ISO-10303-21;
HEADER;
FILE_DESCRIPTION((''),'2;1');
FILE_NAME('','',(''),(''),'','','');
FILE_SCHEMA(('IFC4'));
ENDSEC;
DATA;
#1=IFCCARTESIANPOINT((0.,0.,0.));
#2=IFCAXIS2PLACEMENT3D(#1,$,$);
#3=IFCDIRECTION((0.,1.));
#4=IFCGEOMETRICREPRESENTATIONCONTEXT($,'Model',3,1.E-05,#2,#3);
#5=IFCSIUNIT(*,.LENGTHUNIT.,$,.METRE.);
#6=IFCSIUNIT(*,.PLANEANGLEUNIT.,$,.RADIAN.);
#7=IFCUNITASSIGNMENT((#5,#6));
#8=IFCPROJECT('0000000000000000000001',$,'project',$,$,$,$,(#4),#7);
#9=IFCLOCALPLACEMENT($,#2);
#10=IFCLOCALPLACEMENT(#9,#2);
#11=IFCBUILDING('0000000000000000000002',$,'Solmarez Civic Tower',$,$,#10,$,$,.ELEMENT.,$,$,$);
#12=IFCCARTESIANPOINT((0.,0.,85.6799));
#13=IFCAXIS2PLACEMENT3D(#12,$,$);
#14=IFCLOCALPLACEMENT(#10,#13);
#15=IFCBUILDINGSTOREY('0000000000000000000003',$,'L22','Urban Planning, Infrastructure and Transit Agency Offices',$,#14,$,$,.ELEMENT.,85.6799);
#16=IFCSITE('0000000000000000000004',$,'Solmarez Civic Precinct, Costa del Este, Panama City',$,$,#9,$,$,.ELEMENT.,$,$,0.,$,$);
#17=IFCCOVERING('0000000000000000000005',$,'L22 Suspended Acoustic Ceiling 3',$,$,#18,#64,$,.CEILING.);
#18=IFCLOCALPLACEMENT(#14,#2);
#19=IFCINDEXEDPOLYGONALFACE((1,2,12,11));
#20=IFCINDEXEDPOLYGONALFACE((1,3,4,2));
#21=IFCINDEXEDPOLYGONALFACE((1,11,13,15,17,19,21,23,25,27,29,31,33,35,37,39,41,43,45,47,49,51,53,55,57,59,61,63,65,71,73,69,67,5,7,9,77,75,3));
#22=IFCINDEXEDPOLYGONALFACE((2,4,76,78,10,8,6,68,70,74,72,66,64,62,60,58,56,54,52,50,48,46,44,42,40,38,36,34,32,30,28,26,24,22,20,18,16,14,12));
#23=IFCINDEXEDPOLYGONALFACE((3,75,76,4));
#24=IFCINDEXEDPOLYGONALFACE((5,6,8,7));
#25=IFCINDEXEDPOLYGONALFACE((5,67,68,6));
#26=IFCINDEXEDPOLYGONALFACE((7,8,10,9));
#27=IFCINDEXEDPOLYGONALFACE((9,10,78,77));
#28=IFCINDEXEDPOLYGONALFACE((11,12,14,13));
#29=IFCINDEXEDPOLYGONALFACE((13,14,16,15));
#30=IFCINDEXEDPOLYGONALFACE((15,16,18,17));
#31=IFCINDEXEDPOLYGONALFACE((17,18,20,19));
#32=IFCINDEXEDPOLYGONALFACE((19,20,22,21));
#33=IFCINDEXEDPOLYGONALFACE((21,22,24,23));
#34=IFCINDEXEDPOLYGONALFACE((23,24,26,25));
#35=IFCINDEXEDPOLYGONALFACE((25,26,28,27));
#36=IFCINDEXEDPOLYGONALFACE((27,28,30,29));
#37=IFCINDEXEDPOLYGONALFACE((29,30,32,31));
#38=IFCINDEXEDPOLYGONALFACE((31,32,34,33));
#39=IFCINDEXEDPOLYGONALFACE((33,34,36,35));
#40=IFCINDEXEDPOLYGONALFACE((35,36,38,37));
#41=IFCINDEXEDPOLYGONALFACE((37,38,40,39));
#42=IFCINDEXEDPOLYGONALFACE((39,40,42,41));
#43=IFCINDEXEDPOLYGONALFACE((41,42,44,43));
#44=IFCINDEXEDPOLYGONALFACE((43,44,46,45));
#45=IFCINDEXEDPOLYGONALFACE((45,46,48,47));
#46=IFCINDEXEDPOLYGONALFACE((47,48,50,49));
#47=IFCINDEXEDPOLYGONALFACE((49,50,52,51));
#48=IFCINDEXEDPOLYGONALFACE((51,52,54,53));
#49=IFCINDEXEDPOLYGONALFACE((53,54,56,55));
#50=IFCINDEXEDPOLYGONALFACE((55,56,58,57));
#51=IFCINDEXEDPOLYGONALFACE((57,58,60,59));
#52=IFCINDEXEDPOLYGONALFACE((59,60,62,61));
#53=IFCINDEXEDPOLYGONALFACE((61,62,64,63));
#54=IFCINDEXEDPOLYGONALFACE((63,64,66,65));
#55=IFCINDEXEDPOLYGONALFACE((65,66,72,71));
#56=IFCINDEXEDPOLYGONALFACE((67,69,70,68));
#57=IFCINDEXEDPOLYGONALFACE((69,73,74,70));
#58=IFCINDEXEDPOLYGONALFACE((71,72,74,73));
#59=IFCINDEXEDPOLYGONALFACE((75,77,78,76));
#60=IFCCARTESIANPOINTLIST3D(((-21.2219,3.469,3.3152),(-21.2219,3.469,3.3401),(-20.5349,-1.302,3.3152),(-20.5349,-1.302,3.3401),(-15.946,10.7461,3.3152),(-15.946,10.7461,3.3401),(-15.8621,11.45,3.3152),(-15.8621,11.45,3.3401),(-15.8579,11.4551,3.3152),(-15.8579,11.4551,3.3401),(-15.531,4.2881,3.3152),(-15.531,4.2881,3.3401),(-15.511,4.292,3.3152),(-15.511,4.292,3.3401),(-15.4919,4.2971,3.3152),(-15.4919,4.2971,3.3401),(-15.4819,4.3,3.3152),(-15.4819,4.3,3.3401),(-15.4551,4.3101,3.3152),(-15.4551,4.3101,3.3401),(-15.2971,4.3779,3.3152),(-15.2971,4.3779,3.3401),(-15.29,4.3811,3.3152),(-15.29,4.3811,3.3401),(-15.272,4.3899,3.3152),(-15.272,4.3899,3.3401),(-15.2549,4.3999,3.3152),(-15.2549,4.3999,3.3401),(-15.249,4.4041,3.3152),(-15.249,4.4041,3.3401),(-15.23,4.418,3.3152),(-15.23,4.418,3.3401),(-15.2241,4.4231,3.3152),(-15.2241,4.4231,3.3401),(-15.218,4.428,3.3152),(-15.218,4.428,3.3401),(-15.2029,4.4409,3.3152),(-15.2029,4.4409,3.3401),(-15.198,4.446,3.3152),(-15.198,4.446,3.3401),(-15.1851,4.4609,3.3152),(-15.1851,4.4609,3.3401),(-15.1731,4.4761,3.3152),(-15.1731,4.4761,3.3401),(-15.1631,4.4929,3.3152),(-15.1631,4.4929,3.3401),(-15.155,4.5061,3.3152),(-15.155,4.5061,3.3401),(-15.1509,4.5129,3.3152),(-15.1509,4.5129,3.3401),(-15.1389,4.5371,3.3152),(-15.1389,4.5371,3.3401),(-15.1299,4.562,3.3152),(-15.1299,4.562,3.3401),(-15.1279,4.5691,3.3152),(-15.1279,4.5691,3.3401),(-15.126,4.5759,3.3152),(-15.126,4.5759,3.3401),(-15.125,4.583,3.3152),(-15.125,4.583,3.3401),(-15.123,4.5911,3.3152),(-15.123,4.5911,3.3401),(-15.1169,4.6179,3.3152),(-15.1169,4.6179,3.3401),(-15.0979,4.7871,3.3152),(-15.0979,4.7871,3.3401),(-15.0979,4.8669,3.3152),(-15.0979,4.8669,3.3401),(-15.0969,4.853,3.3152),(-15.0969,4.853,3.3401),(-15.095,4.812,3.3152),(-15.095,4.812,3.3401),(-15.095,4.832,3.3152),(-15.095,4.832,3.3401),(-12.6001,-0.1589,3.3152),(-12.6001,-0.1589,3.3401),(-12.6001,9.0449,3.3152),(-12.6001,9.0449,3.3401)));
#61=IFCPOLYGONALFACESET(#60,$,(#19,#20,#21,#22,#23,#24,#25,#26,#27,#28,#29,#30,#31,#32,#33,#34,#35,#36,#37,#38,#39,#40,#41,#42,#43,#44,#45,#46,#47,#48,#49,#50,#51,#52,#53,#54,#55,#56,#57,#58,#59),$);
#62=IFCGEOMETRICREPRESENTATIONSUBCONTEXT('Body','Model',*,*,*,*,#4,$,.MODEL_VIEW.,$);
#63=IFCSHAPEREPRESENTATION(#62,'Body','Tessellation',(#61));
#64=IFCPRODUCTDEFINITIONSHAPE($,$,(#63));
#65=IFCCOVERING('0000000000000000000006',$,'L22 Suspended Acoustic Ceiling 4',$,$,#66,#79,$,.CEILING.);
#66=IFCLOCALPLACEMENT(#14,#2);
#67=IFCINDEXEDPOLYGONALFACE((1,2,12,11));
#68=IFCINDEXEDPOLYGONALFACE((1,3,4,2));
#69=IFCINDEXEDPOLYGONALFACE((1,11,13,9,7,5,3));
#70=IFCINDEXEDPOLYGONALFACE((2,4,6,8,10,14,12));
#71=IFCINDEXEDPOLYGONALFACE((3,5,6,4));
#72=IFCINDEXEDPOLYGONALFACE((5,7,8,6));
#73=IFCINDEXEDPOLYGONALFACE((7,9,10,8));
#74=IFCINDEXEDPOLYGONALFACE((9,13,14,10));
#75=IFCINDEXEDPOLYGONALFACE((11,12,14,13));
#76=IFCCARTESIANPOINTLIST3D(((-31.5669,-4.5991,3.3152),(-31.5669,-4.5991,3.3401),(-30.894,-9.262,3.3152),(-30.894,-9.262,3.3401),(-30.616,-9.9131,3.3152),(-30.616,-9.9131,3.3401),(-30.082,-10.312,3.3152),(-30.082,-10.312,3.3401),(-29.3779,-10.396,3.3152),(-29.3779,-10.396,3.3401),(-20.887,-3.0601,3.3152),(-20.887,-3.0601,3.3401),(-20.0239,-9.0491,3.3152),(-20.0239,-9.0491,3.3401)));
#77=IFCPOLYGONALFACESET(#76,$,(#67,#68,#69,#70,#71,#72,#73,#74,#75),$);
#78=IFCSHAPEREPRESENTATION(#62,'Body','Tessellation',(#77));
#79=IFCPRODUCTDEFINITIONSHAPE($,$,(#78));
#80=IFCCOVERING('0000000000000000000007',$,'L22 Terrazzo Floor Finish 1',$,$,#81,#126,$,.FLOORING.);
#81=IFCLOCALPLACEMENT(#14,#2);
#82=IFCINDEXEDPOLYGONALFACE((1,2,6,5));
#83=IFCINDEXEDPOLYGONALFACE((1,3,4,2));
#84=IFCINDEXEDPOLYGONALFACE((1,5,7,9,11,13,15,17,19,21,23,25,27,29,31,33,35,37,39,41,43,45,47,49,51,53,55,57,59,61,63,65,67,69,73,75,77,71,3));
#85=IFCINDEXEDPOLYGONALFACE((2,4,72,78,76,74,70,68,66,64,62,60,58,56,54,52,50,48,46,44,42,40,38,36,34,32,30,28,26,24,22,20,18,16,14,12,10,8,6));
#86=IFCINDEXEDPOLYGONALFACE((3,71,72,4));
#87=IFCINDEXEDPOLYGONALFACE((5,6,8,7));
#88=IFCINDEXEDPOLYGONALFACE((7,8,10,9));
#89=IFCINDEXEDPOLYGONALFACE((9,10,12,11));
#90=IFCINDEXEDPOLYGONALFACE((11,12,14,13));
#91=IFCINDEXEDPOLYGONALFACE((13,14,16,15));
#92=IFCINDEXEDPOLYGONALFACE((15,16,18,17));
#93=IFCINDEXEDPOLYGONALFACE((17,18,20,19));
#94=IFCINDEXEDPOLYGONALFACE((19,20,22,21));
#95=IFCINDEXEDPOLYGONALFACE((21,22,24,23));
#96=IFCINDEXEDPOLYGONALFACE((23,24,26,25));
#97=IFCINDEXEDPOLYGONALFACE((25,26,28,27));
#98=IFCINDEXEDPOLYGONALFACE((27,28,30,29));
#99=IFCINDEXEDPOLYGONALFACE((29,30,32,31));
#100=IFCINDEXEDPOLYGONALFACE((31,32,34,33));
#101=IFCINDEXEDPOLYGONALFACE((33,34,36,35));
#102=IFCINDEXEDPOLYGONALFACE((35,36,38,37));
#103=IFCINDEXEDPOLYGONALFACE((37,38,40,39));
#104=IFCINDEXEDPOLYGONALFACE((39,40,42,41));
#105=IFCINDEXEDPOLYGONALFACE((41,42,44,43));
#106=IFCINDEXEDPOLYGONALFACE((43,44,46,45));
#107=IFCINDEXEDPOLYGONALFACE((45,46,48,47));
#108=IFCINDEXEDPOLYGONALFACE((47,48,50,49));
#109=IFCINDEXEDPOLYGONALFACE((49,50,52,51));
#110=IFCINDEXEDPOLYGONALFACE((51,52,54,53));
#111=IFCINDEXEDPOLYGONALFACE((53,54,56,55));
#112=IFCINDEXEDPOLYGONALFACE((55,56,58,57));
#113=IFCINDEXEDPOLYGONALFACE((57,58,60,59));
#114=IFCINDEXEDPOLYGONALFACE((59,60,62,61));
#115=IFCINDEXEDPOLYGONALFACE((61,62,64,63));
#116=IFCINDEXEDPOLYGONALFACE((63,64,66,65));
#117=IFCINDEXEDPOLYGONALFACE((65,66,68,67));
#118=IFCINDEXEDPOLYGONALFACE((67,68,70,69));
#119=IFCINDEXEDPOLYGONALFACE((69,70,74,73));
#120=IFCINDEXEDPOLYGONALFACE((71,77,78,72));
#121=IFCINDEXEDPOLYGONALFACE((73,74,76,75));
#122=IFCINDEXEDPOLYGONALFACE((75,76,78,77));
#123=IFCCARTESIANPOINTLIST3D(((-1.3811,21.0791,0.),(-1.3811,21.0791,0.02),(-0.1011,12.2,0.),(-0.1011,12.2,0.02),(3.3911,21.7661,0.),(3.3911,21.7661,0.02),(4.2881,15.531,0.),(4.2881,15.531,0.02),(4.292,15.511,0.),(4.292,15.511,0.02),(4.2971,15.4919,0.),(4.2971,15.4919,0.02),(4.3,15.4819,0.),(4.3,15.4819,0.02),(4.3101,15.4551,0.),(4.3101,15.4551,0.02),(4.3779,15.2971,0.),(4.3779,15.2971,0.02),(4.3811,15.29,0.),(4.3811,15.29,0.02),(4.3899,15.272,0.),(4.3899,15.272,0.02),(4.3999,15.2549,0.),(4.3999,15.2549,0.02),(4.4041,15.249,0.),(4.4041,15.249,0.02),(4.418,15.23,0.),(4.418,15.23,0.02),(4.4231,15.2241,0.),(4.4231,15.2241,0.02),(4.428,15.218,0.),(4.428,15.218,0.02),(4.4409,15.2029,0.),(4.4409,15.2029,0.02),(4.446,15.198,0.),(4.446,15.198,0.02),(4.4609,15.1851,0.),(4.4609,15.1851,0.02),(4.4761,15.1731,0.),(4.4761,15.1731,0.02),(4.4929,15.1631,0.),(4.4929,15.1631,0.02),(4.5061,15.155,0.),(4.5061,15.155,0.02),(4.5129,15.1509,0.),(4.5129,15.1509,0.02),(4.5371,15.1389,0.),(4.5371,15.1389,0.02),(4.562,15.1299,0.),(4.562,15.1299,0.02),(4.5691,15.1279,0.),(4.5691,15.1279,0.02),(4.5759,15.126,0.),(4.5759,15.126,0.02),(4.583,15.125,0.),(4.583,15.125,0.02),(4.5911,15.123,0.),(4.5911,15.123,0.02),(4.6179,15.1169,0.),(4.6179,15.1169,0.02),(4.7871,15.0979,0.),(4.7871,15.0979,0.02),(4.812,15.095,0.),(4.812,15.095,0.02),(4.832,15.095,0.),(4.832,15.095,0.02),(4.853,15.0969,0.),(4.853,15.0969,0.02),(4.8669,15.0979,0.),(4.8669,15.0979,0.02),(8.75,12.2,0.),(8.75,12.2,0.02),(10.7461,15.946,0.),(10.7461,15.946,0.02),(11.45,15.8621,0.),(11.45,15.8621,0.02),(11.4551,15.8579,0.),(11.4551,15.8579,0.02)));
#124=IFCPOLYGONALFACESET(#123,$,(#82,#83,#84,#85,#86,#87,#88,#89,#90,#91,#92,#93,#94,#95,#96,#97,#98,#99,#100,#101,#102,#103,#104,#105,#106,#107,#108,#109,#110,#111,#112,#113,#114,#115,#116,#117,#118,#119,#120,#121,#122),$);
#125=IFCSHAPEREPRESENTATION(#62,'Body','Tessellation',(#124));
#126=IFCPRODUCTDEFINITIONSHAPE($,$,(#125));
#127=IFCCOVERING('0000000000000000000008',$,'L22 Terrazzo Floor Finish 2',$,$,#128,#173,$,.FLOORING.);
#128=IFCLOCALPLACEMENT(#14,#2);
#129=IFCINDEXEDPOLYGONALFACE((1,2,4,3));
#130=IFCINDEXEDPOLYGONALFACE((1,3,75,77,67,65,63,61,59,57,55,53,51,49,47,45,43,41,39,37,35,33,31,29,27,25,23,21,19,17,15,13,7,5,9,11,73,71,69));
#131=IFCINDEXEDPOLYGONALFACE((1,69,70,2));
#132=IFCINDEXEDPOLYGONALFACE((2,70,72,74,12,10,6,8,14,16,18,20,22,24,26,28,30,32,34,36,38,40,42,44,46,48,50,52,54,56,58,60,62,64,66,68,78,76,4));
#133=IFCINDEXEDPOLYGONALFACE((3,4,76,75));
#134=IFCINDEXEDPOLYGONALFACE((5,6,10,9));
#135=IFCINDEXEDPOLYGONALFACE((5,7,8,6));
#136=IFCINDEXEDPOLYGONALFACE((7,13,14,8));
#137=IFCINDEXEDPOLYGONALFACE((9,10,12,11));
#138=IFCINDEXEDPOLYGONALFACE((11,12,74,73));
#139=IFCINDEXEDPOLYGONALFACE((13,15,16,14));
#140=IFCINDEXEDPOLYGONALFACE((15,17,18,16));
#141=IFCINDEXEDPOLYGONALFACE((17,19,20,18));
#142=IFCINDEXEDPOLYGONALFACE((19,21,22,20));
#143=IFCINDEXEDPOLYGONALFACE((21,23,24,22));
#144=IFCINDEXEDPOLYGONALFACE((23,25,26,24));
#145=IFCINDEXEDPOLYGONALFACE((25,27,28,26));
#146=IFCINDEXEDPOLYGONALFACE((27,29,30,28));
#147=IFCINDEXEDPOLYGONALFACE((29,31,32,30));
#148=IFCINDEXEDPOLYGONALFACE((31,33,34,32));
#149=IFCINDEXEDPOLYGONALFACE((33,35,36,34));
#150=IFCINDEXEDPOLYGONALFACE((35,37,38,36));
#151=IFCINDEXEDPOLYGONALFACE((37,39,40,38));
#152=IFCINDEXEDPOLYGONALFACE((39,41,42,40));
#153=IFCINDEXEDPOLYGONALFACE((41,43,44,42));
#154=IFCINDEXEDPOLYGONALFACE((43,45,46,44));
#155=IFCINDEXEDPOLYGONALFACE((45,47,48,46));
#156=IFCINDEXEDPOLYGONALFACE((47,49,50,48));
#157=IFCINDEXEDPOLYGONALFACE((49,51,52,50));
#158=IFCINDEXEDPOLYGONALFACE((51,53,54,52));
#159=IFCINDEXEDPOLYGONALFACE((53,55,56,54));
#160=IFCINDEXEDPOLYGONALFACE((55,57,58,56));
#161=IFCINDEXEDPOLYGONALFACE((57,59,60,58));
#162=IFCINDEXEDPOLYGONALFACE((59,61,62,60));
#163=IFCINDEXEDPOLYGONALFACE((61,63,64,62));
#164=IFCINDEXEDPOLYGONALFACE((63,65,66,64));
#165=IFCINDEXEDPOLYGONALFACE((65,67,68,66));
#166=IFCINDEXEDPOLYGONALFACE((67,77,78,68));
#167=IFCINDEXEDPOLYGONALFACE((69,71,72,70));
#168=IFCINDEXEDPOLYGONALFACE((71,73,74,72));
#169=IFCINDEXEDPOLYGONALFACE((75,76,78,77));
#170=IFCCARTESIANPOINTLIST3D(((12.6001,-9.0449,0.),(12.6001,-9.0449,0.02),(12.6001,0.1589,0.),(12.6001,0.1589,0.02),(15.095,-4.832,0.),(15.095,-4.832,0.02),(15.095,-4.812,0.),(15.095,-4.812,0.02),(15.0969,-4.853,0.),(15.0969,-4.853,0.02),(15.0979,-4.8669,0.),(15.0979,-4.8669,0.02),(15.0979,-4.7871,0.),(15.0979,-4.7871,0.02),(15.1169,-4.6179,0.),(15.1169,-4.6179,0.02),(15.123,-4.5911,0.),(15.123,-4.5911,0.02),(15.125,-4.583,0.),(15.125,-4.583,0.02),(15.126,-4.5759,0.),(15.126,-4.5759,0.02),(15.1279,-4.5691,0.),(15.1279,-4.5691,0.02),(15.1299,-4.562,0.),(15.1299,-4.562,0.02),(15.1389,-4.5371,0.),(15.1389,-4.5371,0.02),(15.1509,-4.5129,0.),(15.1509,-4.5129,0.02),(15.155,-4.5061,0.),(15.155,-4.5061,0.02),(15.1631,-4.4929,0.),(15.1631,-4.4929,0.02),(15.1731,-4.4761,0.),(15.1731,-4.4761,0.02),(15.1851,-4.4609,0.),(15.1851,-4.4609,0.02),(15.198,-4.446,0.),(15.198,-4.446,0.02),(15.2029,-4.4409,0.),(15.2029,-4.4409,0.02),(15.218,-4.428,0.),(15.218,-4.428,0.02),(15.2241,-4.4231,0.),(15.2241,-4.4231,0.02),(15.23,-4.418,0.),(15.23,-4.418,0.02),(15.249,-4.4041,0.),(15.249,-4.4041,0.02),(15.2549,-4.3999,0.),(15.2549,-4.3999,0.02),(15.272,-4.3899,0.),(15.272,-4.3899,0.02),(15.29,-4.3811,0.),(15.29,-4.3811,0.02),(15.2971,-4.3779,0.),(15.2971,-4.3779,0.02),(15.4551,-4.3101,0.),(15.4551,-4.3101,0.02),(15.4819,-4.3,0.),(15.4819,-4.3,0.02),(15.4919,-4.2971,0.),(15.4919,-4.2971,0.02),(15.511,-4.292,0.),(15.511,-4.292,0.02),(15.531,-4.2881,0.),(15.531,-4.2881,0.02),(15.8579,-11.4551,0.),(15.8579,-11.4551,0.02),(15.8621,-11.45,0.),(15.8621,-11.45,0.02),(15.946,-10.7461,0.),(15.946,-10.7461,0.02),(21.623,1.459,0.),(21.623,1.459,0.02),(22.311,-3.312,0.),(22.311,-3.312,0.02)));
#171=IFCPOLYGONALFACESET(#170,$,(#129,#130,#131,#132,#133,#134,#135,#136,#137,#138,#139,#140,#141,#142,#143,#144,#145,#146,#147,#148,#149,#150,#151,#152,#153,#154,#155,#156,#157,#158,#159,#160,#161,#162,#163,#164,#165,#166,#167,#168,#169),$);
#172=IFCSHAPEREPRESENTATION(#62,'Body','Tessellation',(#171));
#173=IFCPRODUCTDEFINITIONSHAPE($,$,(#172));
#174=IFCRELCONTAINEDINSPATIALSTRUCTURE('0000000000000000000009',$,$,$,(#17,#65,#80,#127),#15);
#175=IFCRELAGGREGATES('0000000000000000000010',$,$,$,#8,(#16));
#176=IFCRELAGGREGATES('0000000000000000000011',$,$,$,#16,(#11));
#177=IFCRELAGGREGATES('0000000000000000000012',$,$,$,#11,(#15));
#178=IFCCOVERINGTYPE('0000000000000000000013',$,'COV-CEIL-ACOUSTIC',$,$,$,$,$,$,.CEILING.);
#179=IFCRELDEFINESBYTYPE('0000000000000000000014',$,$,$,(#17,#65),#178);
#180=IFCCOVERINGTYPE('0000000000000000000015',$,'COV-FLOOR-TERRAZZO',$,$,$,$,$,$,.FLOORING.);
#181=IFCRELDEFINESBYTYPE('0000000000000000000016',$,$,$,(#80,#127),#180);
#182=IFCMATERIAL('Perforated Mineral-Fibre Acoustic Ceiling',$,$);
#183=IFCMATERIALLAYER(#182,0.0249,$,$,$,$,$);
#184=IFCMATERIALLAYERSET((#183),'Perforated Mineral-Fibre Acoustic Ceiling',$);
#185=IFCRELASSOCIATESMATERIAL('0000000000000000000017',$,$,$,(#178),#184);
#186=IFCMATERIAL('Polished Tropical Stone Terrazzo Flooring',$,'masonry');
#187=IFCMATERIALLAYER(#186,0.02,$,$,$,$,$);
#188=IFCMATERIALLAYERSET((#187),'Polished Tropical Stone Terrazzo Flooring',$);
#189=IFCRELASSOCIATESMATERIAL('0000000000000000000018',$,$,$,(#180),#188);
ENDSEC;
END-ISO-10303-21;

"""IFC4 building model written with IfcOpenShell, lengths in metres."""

from ifc_helpers import new_model, si_unit, direction, frame, origin, place, context, subcontext, project, spatial, polyline, outline, extrude, material, layer, layer_set, type_object, element, save


model = new_model("IFC4")

# Units and contexts
model_context = context("Model", 3, precision=1e-05, world=origin(), true_north=direction((0.0, 1.0)))
body_context = subcontext(model_context, "Body", "Model", "MODEL_VIEW")
ifc_project = project(units=[si_unit("LENGTHUNIT", "METRE"), si_unit("PLANEANGLEUNIT", "RADIAN")], contexts=[model_context])

# Site, building, storey
site_placement = place(None, origin())
site = spatial("IfcSite", under=ifc_project, at=site_placement, Name="Solmarez Civic Precinct, Costa del Este, Panama City", CompositionType="ELEMENT", RefElevation=0.0)
building_placement = place(site_placement, origin())
building = spatial("IfcBuilding", under=site, at=building_placement, Name="Solmarez Civic Tower", CompositionType="ELEMENT")
storey_placement = place(building_placement, frame((0.0, 0.0, 85.6799)))
storey = spatial("IfcBuildingStorey", under=building, at=storey_placement, Name="L22", Description="Urban Planning, Infrastructure and Transit Agency Offices", CompositionType="ELEMENT", Elevation=85.6799)

# Coverings
ifc_material_1 = material(Name="Perforated Mineral-Fibre Acoustic Ceiling")
ifc_layer_1 = layer(ifc_material_1, 0.0249)
ifc_layer_set_1 = layer_set([ifc_layer_1], Name="Perforated Mineral-Fibre Acoustic Ceiling")
covering_type_1 = type_object("IfcCoveringType", Name="COV-CEIL-ACOUSTIC", PredefinedType="CEILING", material=ifc_layer_set_1)
covering_1_placement = place(storey_placement, frame((0.0, 0.0, 3.3152)))
element("IfcCovering", 1, at=covering_1_placement, inside=storey, type_object=covering_type_1, Name="L22 Suspended Acoustic Ceiling 3", PredefinedType="CEILING", context=body_context, shape_type="SweptSolid", body=[
    extrude(outline(polyline([(-15.1631, 4.4929), (-15.1731, 4.4761), (-15.1851, 4.4609), (-15.198, 4.446), (-15.2029, 4.4409), (-15.218, 4.428), (-15.2241, 4.4231), (-15.23, 4.418), (-15.249, 4.4041), (-15.2549, 4.3999), (-15.272, 4.3899), (-15.29, 4.3811), (-15.2971, 4.3779), (-15.4551, 4.3101), (-15.4819, 4.3), (-15.4919, 4.2971), (-15.511, 4.292), (-15.531, 4.2881), (-21.2219, 3.469), (-20.5349, -1.302), (-12.6001, -0.1589), (-12.6001, 9.0449), (-15.8579, 11.4551), (-15.8621, 11.45), (-15.946, 10.7461), (-15.0979, 4.8669), (-15.0969, 4.853), (-15.095, 4.832), (-15.095, 4.812), (-15.0979, 4.7871), (-15.1169, 4.6179), (-15.123, 4.5911), (-15.125, 4.583), (-15.126, 4.5759), (-15.1279, 4.5691), (-15.1299, 4.562), (-15.1389, 4.5371), (-15.1509, 4.5129), (-15.155, 4.5061), (-15.1631, 4.4929)])), origin(), (0.0, 0.0, 1.0), 0.0249),
])
covering_2_placement = place(storey_placement, frame((0.0, 0.0, 3.3152)))
element("IfcCovering", 2, at=covering_2_placement, inside=storey, type_object=covering_type_1, Name="L22 Suspended Acoustic Ceiling 4", PredefinedType="CEILING", context=body_context, shape_type="SweptSolid", body=[
    extrude(outline(polyline([(-31.5669, -4.5991), (-30.894, -9.262), (-30.616, -9.9131), (-30.082, -10.312), (-29.3779, -10.396), (-20.0239, -9.0491), (-20.887, -3.0601), (-31.5669, -4.5991)])), origin(), (0.0, 0.0, 1.0), 0.0249),
])
ifc_material_2 = material(Name="Polished Tropical Stone Terrazzo Flooring", Category="masonry")
ifc_layer_2 = layer(ifc_material_2, 0.02)
ifc_layer_set_2 = layer_set([ifc_layer_2], Name="Polished Tropical Stone Terrazzo Flooring")
covering_type_2 = type_object("IfcCoveringType", Name="COV-FLOOR-TERRAZZO", PredefinedType="FLOORING", material=ifc_layer_set_2)
covering_3_placement = place(storey_placement, origin())
element("IfcCovering", 3, at=covering_3_placement, inside=storey, type_object=covering_type_2, Name="L22 Terrazzo Floor Finish 1", PredefinedType="FLOORING", context=body_context, shape_type="SweptSolid", body=[
    extrude(outline(polyline([(-0.1011, 12.2), (8.75, 12.2), (11.4551, 15.8579), (11.45, 15.8621), (10.7461, 15.946), (4.8669, 15.0979), (4.853, 15.0969), (4.832, 15.095), (4.812, 15.095), (4.7871, 15.0979), (4.6179, 15.1169), (4.5911, 15.123), (4.583, 15.125), (4.5759, 15.126), (4.5691, 15.1279), (4.562, 15.1299), (4.5371, 15.1389), (4.5129, 15.1509), (4.5061, 15.155), (4.4929, 15.1631), (4.4761, 15.1731), (4.4609, 15.1851), (4.446, 15.198), (4.4409, 15.2029), (4.428, 15.218), (4.4231, 15.2241), (4.418, 15.23), (4.4041, 15.249), (4.3999, 15.2549), (4.3899, 15.272), (4.3811, 15.29), (4.3779, 15.2971), (4.3101, 15.4551), (4.3, 15.4819), (4.2971, 15.4919), (4.292, 15.511), (4.2881, 15.531), (3.3911, 21.7661), (-1.3811, 21.0791), (-0.1011, 12.2)])), origin(), (0.0, 0.0, 1.0), 0.02),
])
covering_4_placement = place(storey_placement, origin())
element("IfcCovering", 4, at=covering_4_placement, inside=storey, type_object=covering_type_2, Name="L22 Terrazzo Floor Finish 2", PredefinedType="FLOORING", context=body_context, shape_type="SweptSolid", body=[
    extrude(outline(polyline([(12.6001, 0.1589), (12.6001, -9.0449), (15.8579, -11.4551), (15.8621, -11.45), (15.946, -10.7461), (15.0979, -4.8669), (15.0969, -4.853), (15.095, -4.832), (15.095, -4.812), (15.0979, -4.7871), (15.1169, -4.6179), (15.123, -4.5911), (15.125, -4.583), (15.126, -4.5759), (15.1279, -4.5691), (15.1299, -4.562), (15.1389, -4.5371), (15.1509, -4.5129), (15.155, -4.5061), (15.1631, -4.4929), (15.1731, -4.4761), (15.1851, -4.4609), (15.198, -4.446), (15.2029, -4.4409), (15.218, -4.428), (15.2241, -4.4231), (15.23, -4.418), (15.249, -4.4041), (15.2549, -4.3999), (15.272, -4.3899), (15.29, -4.3811), (15.2971, -4.3779), (15.4551, -4.3101), (15.4819, -4.3), (15.4919, -4.2971), (15.511, -4.292), (15.531, -4.2881), (22.311, -3.312), (21.623, 1.459), (12.6001, 0.1589)])), origin(), (0.0, 0.0, 1.0), 0.02),
])

save(model, "model.ifc")
